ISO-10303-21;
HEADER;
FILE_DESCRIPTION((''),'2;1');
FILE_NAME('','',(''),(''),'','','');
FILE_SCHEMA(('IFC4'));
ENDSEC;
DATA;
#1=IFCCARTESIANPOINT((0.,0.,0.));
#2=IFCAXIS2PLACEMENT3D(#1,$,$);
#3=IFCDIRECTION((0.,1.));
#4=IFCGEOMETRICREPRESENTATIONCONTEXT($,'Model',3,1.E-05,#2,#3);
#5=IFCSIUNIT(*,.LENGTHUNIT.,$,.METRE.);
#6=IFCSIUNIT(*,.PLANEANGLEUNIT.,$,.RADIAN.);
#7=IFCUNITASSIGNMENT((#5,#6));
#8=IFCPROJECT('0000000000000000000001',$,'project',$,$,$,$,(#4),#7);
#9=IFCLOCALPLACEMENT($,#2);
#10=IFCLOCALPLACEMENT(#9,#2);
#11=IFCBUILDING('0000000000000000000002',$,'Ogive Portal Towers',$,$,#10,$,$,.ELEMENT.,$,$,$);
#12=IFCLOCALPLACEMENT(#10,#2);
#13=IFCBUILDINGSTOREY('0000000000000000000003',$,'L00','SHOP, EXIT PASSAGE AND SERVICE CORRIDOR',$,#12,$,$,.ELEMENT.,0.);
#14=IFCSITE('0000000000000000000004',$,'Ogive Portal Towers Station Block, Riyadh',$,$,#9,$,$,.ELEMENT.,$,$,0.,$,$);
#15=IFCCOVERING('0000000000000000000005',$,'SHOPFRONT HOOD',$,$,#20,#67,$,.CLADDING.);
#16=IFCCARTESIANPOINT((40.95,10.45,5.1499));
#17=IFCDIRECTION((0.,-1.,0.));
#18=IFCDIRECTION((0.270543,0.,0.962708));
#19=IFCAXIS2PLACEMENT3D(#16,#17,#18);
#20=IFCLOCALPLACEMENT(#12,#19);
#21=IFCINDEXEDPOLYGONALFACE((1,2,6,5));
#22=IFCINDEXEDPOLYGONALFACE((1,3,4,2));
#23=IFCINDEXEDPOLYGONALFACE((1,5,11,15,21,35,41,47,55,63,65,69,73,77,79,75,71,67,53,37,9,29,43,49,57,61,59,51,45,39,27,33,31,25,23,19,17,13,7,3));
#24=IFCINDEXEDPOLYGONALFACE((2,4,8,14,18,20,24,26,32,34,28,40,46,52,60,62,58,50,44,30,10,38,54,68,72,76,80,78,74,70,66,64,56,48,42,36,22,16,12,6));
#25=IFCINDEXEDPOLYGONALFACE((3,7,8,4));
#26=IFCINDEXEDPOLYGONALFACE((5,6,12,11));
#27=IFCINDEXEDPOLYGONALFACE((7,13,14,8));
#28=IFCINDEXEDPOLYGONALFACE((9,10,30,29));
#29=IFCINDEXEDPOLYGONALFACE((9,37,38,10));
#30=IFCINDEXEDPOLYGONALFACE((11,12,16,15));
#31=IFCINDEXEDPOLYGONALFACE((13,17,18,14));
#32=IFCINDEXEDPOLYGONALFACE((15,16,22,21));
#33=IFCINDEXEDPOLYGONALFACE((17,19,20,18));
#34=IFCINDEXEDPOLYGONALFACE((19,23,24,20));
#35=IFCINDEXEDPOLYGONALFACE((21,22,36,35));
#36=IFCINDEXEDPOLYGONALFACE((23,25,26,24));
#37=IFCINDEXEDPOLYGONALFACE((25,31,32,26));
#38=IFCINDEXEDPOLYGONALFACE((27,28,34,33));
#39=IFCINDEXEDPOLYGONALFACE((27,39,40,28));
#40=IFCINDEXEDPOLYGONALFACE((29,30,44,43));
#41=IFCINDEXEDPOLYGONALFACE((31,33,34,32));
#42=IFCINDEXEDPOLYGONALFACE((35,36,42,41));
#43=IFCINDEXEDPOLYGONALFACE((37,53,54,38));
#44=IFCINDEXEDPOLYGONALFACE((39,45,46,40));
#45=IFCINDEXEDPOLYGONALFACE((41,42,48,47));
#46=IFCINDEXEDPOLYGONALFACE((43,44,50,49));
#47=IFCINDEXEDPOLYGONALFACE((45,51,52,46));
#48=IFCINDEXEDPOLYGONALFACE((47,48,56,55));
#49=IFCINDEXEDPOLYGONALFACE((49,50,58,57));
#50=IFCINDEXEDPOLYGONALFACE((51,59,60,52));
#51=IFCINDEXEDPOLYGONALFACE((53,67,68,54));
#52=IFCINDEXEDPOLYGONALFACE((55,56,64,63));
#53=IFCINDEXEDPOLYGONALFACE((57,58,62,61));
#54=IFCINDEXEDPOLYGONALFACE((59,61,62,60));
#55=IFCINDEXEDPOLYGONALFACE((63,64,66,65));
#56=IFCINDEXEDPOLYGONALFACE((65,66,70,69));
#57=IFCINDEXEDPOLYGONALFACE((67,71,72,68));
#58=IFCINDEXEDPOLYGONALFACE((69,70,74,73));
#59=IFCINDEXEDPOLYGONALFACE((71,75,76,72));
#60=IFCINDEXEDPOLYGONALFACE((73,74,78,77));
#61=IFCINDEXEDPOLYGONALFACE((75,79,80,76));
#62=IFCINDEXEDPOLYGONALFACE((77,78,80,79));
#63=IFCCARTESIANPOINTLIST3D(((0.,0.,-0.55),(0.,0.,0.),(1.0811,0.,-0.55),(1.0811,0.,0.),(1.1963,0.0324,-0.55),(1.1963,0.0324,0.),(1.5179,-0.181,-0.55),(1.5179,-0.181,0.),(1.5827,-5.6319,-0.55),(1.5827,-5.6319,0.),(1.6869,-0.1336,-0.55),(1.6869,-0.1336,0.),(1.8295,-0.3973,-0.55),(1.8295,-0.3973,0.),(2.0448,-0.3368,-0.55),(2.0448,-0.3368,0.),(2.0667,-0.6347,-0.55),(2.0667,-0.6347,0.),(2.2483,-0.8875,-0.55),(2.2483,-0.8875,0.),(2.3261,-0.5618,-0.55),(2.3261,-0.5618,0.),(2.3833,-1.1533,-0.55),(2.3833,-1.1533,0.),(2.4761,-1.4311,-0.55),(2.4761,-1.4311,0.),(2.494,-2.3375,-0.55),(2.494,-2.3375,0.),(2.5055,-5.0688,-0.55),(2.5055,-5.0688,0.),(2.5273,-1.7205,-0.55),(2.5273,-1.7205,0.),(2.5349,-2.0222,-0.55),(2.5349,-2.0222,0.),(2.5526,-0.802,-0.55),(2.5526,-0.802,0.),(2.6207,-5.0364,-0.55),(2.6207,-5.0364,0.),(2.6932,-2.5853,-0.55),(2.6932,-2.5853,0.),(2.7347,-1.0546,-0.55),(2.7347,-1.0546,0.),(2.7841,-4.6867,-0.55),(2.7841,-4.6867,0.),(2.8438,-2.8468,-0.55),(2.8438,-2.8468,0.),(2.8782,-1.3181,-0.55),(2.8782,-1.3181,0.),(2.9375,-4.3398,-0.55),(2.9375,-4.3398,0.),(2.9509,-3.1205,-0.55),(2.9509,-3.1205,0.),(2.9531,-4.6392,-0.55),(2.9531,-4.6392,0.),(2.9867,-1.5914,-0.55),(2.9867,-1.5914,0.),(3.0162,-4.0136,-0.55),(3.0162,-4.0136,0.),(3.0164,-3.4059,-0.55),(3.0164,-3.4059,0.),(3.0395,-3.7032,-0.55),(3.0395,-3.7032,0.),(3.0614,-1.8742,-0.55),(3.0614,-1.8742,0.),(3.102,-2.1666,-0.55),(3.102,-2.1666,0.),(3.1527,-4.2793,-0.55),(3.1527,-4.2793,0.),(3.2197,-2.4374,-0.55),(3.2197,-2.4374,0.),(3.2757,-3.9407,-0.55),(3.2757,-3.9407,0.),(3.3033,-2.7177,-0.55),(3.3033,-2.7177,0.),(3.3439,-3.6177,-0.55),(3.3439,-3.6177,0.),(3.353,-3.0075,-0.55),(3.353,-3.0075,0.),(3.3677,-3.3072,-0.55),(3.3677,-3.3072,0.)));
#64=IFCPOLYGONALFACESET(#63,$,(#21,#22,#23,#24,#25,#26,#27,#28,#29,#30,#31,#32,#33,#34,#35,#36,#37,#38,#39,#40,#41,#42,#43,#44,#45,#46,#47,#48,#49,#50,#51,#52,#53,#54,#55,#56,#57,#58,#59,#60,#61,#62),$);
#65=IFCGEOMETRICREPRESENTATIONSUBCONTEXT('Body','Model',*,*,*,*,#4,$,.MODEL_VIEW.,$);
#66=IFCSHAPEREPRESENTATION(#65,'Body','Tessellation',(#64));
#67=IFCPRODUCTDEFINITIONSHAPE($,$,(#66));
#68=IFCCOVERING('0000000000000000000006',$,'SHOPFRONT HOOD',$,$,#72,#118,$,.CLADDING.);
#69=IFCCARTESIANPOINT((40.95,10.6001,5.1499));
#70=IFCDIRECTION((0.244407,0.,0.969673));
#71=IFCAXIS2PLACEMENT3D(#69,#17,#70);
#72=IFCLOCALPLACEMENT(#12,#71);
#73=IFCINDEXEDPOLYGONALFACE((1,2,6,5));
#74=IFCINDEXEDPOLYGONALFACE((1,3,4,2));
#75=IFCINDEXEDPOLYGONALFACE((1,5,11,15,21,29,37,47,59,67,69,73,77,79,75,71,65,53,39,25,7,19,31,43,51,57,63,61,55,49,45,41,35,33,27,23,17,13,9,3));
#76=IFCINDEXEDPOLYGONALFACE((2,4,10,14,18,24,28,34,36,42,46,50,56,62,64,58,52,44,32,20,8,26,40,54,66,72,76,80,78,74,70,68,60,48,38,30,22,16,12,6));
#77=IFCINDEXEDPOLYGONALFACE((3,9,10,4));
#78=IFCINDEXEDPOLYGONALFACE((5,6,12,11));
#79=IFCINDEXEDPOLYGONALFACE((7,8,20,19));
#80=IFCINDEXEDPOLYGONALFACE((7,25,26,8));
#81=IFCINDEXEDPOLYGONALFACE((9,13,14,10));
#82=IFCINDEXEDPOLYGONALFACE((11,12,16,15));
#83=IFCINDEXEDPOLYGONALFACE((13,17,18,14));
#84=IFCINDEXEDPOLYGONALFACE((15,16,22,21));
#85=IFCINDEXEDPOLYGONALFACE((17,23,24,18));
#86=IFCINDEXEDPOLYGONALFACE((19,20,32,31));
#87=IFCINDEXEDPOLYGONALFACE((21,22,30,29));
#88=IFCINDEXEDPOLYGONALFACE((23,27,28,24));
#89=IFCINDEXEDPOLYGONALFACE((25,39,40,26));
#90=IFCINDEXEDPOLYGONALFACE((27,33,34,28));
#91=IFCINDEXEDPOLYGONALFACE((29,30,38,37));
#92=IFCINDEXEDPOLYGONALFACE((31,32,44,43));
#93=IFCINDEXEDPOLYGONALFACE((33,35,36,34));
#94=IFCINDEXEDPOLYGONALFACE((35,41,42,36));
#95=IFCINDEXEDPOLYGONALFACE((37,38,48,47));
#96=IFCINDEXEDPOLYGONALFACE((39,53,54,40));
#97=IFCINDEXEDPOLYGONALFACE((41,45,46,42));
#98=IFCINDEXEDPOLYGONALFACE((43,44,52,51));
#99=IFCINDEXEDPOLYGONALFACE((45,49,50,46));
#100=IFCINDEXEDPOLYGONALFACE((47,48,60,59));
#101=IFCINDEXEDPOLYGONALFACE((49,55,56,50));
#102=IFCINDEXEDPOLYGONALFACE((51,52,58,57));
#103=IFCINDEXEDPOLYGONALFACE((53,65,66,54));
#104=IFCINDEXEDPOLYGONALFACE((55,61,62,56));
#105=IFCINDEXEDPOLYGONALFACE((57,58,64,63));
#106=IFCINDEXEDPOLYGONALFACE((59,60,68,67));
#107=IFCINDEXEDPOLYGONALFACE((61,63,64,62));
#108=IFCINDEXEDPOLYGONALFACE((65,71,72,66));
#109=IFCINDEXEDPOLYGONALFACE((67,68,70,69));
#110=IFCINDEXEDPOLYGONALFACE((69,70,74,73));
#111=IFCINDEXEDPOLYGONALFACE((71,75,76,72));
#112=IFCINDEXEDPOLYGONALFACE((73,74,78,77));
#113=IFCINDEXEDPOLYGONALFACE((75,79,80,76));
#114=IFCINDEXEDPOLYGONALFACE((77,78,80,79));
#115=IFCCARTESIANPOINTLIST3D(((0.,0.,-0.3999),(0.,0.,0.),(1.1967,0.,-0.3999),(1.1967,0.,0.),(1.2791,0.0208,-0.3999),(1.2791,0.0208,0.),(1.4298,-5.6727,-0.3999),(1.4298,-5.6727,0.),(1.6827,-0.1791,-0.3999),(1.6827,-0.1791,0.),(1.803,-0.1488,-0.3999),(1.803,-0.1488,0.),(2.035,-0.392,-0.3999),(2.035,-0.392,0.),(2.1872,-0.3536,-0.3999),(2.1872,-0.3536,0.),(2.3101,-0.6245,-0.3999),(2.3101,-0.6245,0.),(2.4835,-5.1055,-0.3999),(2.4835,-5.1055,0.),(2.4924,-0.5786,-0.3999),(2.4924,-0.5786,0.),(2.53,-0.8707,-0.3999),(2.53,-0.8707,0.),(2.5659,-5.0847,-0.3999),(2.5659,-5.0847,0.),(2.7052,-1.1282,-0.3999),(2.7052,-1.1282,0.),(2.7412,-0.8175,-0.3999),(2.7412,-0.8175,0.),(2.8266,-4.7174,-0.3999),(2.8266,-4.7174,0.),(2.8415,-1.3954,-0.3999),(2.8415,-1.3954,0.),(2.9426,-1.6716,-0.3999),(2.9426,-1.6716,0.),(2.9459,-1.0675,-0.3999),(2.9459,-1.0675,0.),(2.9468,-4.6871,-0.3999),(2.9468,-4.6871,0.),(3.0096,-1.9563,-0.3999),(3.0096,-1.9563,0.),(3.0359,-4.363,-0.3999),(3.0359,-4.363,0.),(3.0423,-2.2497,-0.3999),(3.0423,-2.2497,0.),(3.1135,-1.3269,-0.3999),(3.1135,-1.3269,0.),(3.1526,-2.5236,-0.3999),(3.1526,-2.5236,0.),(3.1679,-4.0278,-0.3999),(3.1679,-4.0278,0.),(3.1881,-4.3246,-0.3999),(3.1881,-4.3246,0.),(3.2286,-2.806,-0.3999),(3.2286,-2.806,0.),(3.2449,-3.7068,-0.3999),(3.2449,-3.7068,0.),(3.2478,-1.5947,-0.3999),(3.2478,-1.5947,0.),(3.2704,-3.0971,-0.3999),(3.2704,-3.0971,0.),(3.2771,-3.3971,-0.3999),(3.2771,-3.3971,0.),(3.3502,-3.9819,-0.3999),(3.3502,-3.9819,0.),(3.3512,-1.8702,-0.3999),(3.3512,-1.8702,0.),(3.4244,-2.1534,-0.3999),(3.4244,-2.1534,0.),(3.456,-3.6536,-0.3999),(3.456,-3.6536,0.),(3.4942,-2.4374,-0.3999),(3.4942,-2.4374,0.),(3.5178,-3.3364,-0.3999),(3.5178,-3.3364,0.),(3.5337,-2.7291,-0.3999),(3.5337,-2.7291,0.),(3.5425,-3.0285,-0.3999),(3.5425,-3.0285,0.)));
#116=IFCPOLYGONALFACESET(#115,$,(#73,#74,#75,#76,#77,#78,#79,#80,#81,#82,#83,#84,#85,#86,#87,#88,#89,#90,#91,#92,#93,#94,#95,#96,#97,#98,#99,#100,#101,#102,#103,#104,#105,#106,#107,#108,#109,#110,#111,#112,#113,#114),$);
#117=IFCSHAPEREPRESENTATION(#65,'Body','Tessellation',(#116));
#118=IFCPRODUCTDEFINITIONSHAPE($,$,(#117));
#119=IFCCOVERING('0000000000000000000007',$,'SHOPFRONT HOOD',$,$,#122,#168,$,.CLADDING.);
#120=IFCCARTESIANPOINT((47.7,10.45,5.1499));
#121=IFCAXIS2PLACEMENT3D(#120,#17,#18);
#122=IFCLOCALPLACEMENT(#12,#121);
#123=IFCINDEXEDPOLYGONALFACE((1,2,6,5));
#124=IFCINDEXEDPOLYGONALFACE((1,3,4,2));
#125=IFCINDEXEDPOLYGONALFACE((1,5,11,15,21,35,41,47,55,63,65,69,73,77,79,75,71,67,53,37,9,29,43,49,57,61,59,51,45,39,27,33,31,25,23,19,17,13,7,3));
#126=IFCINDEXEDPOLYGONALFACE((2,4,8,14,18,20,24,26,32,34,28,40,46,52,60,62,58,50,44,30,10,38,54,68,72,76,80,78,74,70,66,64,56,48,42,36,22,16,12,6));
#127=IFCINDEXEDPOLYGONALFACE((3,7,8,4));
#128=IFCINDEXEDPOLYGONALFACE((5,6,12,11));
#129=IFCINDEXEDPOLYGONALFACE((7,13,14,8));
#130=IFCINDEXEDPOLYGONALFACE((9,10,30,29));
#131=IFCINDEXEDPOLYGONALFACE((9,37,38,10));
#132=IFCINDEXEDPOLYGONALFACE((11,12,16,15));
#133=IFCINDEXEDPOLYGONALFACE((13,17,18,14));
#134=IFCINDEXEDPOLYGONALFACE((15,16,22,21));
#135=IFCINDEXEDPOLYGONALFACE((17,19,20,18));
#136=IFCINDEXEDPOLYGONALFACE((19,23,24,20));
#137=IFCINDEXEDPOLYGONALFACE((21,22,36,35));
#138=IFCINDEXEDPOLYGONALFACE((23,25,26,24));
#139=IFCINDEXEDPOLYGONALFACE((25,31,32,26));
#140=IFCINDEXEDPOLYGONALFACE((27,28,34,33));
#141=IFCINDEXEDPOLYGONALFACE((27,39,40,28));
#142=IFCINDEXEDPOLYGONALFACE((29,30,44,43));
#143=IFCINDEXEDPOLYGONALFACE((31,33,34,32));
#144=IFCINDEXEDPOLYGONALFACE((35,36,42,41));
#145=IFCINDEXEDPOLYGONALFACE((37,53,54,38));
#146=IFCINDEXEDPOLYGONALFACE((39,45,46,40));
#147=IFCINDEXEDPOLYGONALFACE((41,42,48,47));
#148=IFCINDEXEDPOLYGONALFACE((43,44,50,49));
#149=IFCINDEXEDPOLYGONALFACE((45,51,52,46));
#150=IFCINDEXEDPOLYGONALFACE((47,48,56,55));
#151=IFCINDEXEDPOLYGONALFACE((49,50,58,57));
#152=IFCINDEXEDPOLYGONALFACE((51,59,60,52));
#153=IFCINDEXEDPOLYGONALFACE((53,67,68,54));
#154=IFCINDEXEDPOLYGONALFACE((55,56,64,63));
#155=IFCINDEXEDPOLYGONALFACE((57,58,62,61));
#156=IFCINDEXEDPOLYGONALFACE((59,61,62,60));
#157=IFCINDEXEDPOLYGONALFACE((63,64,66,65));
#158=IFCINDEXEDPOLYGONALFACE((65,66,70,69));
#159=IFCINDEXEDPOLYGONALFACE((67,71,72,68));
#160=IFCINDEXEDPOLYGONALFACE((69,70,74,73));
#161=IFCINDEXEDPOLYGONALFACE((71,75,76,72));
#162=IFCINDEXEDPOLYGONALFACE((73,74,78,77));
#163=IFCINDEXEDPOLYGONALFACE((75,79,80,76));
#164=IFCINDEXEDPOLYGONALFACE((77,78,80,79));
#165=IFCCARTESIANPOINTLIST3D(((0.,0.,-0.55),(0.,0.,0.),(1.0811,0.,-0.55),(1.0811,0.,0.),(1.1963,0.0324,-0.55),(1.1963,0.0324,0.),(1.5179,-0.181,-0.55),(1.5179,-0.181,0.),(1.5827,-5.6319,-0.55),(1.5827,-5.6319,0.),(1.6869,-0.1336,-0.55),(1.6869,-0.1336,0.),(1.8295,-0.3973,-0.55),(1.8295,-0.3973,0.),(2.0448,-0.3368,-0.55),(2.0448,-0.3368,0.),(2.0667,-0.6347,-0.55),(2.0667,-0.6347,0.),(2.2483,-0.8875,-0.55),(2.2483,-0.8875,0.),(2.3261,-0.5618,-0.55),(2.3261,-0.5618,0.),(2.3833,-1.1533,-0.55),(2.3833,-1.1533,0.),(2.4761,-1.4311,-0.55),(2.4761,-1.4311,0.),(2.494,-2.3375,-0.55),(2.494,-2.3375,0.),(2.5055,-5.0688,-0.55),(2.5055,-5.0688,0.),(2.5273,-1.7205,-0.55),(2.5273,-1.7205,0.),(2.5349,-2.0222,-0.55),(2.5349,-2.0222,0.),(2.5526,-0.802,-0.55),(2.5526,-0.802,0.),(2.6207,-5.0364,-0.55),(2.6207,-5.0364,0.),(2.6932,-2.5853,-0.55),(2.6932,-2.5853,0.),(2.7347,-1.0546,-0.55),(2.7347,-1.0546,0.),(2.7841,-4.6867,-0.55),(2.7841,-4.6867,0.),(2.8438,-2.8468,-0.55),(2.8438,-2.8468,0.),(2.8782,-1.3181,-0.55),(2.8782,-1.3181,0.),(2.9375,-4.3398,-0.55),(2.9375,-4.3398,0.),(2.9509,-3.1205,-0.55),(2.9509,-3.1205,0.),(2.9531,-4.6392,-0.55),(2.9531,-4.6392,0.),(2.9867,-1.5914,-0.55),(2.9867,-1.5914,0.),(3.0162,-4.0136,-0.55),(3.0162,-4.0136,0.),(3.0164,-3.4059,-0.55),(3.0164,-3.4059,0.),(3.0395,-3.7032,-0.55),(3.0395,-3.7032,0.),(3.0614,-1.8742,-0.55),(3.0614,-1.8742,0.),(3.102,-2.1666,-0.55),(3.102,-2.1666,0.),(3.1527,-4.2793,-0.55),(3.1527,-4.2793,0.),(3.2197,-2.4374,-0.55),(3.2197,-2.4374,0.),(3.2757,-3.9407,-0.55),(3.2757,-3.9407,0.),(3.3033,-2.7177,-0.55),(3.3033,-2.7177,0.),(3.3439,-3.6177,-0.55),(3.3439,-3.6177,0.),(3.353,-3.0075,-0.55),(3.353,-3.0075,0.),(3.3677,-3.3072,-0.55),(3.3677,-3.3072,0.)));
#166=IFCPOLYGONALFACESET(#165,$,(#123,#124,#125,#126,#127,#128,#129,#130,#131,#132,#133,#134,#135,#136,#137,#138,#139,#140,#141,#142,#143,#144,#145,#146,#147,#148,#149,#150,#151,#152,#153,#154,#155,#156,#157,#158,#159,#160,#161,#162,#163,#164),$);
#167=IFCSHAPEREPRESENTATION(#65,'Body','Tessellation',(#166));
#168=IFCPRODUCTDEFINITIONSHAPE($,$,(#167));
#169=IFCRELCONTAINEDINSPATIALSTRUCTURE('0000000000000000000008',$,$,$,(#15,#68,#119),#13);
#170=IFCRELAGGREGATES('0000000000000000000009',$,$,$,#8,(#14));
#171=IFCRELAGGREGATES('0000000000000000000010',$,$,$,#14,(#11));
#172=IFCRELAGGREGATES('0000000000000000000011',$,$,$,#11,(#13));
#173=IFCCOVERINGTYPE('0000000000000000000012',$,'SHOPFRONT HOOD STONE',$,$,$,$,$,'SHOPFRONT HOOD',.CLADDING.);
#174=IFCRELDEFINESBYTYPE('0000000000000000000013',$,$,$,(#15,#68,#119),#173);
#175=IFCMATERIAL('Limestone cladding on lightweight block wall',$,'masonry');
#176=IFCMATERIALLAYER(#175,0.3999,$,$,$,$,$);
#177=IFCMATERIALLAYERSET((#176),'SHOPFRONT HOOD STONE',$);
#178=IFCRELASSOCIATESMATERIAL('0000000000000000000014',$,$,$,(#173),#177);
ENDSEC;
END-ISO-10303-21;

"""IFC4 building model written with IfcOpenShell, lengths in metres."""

from ifc_helpers import new_model, si_unit, direction, frame, origin, place, context, subcontext, project, spatial, polyline, outline, extrude, material, layer, layer_set, type_object, element, save


model = new_model("IFC4")

# Units and contexts
model_context = context("Model", 3, precision=1e-05, world=origin(), true_north=direction((0.0, 1.0)))
body_context = subcontext(model_context, "Body", "Model", "MODEL_VIEW")
ifc_project = project(units=[si_unit("LENGTHUNIT", "METRE"), si_unit("PLANEANGLEUNIT", "RADIAN")], contexts=[model_context])

# Site, building, storey
site_placement = place(None, origin())
site = spatial("IfcSite", under=ifc_project, at=site_placement, Name="Ogive Portal Towers Station Block, Riyadh", CompositionType="ELEMENT", RefElevation=0.0)
building_placement = place(site_placement, origin())
building = spatial("IfcBuilding", under=site, at=building_placement, Name="Ogive Portal Towers", CompositionType="ELEMENT")
storey_placement = place(building_placement, origin())
storey = spatial("IfcBuildingStorey", under=building, at=storey_placement, Name="L00", Description="SHOP, EXIT PASSAGE AND SERVICE CORRIDOR", CompositionType="ELEMENT", Elevation=0.0)

# Coverings
ifc_material_1 = material(Name="Limestone cladding on lightweight block wall", Category="masonry")
ifc_layer_1 = layer(ifc_material_1, 0.3999)
ifc_layer_set_1 = layer_set([ifc_layer_1], Name="SHOPFRONT HOOD STONE")
covering_type_1 = type_object("IfcCoveringType", Name="SHOPFRONT HOOD STONE", ElementType="SHOPFRONT HOOD", PredefinedType="CLADDING", material=ifc_layer_set_1)
covering_1_placement = place(storey_placement, frame((40.95, 10.45, 5.1499), z_axis=(0.0, -1.0, 0.0), x_axis=(0.270543, 0.0, 0.962708)))
element("IfcCovering", 1, at=covering_1_placement, inside=storey, type_object=covering_type_1, Name="SHOPFRONT HOOD", PredefinedType="CLADDING", context=body_context, shape_type="SweptSolid", body=[
    extrude(outline(polyline([(0.0, 0.0), (1.0811, 0.0), (1.5179, -0.181), (1.8295, -0.3973), (2.0667, -0.6347), (2.2483, -0.8875), (2.3833, -1.1533), (2.4761, -1.4311), (2.5273, -1.7205), (2.5349, -2.0222), (2.494, -2.3375), (2.6932, -2.5853), (2.8438, -2.8468), (2.9509, -3.1205), (3.0164, -3.4059), (3.0395, -3.7032), (3.0162, -4.0136), (2.9375, -4.3398), (2.7841, -4.6867), (2.5055, -5.0688), (1.5827, -5.6319), (1.5827, -5.6319), (2.6207, -5.0364), (2.9531, -4.6392), (3.1527, -4.2793), (3.2757, -3.9407), (3.3439, -3.6177), (3.3677, -3.3072), (3.353, -3.0075), (3.3033, -2.7177), (3.2197, -2.4374), (3.102, -2.1666), (3.0614, -1.8742), (2.9867, -1.5914), (2.8782, -1.3181), (2.7347, -1.0546), (2.5526, -0.802), (2.3261, -0.5618), (2.0448, -0.3368), (1.6869, -0.1336), (1.1963, 0.0324), (0.0, 0.0), (0.0, 0.0)])), origin(), (0.0, 0.0, -1.0), 0.55),
])
covering_2_placement = place(storey_placement, frame((40.95, 10.6001, 5.1499), z_axis=(0.0, -1.0, 0.0), x_axis=(0.244407, 0.0, 0.969673)))
element("IfcCovering", 2, at=covering_2_placement, inside=storey, type_object=covering_type_1, Name="SHOPFRONT HOOD", PredefinedType="CLADDING", context=body_context, shape_type="SweptSolid", body=[
    extrude(outline(polyline([(0.0, 0.0), (1.1967, 0.0), (1.6827, -0.1791), (2.035, -0.392), (2.3101, -0.6245), (2.53, -0.8707), (2.7052, -1.1282), (2.8415, -1.3954), (2.9426, -1.6716), (3.0096, -1.9563), (3.0423, -2.2497), (3.1526, -2.5236), (3.2286, -2.806), (3.2704, -3.0971), (3.2771, -3.3971), (3.2449, -3.7068), (3.1679, -4.0278), (3.0359, -4.363), (2.8266, -4.7174), (2.4835, -5.1055), (1.4298, -5.6727), (1.4298, -5.6727), (2.5659, -5.0847), (2.9468, -4.6871), (3.1881, -4.3246), (3.3502, -3.9819), (3.456, -3.6536), (3.5178, -3.3364), (3.5425, -3.0285), (3.5337, -2.7291), (3.4942, -2.4374), (3.4244, -2.1534), (3.3512, -1.8702), (3.2478, -1.5947), (3.1135, -1.3269), (2.9459, -1.0675), (2.7412, -0.8175), (2.4924, -0.5786), (2.1872, -0.3536), (1.803, -0.1488), (1.2791, 0.0208), (0.0, 0.0), (0.0, 0.0)])), origin(), (0.0, 0.0, -1.0), 0.3999),
])
covering_3_placement = place(storey_placement, frame((47.7, 10.45, 5.1499), z_axis=(0.0, -1.0, 0.0), x_axis=(0.270543, 0.0, 0.962708)))
element("IfcCovering", 3, at=covering_3_placement, inside=storey, type_object=covering_type_1, Name="SHOPFRONT HOOD", PredefinedType="CLADDING", context=body_context, shape_type="SweptSolid", body=[
    extrude(outline(polyline([(0.0, 0.0), (1.0811, 0.0), (1.5179, -0.181), (1.8295, -0.3973), (2.0667, -0.6347), (2.2483, -0.8875), (2.3833, -1.1533), (2.4761, -1.4311), (2.5273, -1.7205), (2.5349, -2.0222), (2.494, -2.3375), (2.6932, -2.5853), (2.8438, -2.8468), (2.9509, -3.1205), (3.0164, -3.4059), (3.0395, -3.7032), (3.0162, -4.0136), (2.9375, -4.3398), (2.7841, -4.6867), (2.5055, -5.0688), (1.5827, -5.6319), (1.5827, -5.6319), (2.6207, -5.0364), (2.9531, -4.6392), (3.1527, -4.2793), (3.2757, -3.9407), (3.3439, -3.6177), (3.3677, -3.3072), (3.353, -3.0075), (3.3033, -2.7177), (3.2197, -2.4374), (3.102, -2.1666), (3.0614, -1.8742), (2.9867, -1.5914), (2.8782, -1.3181), (2.7347, -1.0546), (2.5526, -0.802), (2.3261, -0.5618), (2.0448, -0.3368), (1.6869, -0.1336), (1.1963, 0.0324), (0.0, 0.0), (0.0, 0.0)])), origin(), (0.0, 0.0, -1.0), 0.55),
])

save(model, "model.ifc")
